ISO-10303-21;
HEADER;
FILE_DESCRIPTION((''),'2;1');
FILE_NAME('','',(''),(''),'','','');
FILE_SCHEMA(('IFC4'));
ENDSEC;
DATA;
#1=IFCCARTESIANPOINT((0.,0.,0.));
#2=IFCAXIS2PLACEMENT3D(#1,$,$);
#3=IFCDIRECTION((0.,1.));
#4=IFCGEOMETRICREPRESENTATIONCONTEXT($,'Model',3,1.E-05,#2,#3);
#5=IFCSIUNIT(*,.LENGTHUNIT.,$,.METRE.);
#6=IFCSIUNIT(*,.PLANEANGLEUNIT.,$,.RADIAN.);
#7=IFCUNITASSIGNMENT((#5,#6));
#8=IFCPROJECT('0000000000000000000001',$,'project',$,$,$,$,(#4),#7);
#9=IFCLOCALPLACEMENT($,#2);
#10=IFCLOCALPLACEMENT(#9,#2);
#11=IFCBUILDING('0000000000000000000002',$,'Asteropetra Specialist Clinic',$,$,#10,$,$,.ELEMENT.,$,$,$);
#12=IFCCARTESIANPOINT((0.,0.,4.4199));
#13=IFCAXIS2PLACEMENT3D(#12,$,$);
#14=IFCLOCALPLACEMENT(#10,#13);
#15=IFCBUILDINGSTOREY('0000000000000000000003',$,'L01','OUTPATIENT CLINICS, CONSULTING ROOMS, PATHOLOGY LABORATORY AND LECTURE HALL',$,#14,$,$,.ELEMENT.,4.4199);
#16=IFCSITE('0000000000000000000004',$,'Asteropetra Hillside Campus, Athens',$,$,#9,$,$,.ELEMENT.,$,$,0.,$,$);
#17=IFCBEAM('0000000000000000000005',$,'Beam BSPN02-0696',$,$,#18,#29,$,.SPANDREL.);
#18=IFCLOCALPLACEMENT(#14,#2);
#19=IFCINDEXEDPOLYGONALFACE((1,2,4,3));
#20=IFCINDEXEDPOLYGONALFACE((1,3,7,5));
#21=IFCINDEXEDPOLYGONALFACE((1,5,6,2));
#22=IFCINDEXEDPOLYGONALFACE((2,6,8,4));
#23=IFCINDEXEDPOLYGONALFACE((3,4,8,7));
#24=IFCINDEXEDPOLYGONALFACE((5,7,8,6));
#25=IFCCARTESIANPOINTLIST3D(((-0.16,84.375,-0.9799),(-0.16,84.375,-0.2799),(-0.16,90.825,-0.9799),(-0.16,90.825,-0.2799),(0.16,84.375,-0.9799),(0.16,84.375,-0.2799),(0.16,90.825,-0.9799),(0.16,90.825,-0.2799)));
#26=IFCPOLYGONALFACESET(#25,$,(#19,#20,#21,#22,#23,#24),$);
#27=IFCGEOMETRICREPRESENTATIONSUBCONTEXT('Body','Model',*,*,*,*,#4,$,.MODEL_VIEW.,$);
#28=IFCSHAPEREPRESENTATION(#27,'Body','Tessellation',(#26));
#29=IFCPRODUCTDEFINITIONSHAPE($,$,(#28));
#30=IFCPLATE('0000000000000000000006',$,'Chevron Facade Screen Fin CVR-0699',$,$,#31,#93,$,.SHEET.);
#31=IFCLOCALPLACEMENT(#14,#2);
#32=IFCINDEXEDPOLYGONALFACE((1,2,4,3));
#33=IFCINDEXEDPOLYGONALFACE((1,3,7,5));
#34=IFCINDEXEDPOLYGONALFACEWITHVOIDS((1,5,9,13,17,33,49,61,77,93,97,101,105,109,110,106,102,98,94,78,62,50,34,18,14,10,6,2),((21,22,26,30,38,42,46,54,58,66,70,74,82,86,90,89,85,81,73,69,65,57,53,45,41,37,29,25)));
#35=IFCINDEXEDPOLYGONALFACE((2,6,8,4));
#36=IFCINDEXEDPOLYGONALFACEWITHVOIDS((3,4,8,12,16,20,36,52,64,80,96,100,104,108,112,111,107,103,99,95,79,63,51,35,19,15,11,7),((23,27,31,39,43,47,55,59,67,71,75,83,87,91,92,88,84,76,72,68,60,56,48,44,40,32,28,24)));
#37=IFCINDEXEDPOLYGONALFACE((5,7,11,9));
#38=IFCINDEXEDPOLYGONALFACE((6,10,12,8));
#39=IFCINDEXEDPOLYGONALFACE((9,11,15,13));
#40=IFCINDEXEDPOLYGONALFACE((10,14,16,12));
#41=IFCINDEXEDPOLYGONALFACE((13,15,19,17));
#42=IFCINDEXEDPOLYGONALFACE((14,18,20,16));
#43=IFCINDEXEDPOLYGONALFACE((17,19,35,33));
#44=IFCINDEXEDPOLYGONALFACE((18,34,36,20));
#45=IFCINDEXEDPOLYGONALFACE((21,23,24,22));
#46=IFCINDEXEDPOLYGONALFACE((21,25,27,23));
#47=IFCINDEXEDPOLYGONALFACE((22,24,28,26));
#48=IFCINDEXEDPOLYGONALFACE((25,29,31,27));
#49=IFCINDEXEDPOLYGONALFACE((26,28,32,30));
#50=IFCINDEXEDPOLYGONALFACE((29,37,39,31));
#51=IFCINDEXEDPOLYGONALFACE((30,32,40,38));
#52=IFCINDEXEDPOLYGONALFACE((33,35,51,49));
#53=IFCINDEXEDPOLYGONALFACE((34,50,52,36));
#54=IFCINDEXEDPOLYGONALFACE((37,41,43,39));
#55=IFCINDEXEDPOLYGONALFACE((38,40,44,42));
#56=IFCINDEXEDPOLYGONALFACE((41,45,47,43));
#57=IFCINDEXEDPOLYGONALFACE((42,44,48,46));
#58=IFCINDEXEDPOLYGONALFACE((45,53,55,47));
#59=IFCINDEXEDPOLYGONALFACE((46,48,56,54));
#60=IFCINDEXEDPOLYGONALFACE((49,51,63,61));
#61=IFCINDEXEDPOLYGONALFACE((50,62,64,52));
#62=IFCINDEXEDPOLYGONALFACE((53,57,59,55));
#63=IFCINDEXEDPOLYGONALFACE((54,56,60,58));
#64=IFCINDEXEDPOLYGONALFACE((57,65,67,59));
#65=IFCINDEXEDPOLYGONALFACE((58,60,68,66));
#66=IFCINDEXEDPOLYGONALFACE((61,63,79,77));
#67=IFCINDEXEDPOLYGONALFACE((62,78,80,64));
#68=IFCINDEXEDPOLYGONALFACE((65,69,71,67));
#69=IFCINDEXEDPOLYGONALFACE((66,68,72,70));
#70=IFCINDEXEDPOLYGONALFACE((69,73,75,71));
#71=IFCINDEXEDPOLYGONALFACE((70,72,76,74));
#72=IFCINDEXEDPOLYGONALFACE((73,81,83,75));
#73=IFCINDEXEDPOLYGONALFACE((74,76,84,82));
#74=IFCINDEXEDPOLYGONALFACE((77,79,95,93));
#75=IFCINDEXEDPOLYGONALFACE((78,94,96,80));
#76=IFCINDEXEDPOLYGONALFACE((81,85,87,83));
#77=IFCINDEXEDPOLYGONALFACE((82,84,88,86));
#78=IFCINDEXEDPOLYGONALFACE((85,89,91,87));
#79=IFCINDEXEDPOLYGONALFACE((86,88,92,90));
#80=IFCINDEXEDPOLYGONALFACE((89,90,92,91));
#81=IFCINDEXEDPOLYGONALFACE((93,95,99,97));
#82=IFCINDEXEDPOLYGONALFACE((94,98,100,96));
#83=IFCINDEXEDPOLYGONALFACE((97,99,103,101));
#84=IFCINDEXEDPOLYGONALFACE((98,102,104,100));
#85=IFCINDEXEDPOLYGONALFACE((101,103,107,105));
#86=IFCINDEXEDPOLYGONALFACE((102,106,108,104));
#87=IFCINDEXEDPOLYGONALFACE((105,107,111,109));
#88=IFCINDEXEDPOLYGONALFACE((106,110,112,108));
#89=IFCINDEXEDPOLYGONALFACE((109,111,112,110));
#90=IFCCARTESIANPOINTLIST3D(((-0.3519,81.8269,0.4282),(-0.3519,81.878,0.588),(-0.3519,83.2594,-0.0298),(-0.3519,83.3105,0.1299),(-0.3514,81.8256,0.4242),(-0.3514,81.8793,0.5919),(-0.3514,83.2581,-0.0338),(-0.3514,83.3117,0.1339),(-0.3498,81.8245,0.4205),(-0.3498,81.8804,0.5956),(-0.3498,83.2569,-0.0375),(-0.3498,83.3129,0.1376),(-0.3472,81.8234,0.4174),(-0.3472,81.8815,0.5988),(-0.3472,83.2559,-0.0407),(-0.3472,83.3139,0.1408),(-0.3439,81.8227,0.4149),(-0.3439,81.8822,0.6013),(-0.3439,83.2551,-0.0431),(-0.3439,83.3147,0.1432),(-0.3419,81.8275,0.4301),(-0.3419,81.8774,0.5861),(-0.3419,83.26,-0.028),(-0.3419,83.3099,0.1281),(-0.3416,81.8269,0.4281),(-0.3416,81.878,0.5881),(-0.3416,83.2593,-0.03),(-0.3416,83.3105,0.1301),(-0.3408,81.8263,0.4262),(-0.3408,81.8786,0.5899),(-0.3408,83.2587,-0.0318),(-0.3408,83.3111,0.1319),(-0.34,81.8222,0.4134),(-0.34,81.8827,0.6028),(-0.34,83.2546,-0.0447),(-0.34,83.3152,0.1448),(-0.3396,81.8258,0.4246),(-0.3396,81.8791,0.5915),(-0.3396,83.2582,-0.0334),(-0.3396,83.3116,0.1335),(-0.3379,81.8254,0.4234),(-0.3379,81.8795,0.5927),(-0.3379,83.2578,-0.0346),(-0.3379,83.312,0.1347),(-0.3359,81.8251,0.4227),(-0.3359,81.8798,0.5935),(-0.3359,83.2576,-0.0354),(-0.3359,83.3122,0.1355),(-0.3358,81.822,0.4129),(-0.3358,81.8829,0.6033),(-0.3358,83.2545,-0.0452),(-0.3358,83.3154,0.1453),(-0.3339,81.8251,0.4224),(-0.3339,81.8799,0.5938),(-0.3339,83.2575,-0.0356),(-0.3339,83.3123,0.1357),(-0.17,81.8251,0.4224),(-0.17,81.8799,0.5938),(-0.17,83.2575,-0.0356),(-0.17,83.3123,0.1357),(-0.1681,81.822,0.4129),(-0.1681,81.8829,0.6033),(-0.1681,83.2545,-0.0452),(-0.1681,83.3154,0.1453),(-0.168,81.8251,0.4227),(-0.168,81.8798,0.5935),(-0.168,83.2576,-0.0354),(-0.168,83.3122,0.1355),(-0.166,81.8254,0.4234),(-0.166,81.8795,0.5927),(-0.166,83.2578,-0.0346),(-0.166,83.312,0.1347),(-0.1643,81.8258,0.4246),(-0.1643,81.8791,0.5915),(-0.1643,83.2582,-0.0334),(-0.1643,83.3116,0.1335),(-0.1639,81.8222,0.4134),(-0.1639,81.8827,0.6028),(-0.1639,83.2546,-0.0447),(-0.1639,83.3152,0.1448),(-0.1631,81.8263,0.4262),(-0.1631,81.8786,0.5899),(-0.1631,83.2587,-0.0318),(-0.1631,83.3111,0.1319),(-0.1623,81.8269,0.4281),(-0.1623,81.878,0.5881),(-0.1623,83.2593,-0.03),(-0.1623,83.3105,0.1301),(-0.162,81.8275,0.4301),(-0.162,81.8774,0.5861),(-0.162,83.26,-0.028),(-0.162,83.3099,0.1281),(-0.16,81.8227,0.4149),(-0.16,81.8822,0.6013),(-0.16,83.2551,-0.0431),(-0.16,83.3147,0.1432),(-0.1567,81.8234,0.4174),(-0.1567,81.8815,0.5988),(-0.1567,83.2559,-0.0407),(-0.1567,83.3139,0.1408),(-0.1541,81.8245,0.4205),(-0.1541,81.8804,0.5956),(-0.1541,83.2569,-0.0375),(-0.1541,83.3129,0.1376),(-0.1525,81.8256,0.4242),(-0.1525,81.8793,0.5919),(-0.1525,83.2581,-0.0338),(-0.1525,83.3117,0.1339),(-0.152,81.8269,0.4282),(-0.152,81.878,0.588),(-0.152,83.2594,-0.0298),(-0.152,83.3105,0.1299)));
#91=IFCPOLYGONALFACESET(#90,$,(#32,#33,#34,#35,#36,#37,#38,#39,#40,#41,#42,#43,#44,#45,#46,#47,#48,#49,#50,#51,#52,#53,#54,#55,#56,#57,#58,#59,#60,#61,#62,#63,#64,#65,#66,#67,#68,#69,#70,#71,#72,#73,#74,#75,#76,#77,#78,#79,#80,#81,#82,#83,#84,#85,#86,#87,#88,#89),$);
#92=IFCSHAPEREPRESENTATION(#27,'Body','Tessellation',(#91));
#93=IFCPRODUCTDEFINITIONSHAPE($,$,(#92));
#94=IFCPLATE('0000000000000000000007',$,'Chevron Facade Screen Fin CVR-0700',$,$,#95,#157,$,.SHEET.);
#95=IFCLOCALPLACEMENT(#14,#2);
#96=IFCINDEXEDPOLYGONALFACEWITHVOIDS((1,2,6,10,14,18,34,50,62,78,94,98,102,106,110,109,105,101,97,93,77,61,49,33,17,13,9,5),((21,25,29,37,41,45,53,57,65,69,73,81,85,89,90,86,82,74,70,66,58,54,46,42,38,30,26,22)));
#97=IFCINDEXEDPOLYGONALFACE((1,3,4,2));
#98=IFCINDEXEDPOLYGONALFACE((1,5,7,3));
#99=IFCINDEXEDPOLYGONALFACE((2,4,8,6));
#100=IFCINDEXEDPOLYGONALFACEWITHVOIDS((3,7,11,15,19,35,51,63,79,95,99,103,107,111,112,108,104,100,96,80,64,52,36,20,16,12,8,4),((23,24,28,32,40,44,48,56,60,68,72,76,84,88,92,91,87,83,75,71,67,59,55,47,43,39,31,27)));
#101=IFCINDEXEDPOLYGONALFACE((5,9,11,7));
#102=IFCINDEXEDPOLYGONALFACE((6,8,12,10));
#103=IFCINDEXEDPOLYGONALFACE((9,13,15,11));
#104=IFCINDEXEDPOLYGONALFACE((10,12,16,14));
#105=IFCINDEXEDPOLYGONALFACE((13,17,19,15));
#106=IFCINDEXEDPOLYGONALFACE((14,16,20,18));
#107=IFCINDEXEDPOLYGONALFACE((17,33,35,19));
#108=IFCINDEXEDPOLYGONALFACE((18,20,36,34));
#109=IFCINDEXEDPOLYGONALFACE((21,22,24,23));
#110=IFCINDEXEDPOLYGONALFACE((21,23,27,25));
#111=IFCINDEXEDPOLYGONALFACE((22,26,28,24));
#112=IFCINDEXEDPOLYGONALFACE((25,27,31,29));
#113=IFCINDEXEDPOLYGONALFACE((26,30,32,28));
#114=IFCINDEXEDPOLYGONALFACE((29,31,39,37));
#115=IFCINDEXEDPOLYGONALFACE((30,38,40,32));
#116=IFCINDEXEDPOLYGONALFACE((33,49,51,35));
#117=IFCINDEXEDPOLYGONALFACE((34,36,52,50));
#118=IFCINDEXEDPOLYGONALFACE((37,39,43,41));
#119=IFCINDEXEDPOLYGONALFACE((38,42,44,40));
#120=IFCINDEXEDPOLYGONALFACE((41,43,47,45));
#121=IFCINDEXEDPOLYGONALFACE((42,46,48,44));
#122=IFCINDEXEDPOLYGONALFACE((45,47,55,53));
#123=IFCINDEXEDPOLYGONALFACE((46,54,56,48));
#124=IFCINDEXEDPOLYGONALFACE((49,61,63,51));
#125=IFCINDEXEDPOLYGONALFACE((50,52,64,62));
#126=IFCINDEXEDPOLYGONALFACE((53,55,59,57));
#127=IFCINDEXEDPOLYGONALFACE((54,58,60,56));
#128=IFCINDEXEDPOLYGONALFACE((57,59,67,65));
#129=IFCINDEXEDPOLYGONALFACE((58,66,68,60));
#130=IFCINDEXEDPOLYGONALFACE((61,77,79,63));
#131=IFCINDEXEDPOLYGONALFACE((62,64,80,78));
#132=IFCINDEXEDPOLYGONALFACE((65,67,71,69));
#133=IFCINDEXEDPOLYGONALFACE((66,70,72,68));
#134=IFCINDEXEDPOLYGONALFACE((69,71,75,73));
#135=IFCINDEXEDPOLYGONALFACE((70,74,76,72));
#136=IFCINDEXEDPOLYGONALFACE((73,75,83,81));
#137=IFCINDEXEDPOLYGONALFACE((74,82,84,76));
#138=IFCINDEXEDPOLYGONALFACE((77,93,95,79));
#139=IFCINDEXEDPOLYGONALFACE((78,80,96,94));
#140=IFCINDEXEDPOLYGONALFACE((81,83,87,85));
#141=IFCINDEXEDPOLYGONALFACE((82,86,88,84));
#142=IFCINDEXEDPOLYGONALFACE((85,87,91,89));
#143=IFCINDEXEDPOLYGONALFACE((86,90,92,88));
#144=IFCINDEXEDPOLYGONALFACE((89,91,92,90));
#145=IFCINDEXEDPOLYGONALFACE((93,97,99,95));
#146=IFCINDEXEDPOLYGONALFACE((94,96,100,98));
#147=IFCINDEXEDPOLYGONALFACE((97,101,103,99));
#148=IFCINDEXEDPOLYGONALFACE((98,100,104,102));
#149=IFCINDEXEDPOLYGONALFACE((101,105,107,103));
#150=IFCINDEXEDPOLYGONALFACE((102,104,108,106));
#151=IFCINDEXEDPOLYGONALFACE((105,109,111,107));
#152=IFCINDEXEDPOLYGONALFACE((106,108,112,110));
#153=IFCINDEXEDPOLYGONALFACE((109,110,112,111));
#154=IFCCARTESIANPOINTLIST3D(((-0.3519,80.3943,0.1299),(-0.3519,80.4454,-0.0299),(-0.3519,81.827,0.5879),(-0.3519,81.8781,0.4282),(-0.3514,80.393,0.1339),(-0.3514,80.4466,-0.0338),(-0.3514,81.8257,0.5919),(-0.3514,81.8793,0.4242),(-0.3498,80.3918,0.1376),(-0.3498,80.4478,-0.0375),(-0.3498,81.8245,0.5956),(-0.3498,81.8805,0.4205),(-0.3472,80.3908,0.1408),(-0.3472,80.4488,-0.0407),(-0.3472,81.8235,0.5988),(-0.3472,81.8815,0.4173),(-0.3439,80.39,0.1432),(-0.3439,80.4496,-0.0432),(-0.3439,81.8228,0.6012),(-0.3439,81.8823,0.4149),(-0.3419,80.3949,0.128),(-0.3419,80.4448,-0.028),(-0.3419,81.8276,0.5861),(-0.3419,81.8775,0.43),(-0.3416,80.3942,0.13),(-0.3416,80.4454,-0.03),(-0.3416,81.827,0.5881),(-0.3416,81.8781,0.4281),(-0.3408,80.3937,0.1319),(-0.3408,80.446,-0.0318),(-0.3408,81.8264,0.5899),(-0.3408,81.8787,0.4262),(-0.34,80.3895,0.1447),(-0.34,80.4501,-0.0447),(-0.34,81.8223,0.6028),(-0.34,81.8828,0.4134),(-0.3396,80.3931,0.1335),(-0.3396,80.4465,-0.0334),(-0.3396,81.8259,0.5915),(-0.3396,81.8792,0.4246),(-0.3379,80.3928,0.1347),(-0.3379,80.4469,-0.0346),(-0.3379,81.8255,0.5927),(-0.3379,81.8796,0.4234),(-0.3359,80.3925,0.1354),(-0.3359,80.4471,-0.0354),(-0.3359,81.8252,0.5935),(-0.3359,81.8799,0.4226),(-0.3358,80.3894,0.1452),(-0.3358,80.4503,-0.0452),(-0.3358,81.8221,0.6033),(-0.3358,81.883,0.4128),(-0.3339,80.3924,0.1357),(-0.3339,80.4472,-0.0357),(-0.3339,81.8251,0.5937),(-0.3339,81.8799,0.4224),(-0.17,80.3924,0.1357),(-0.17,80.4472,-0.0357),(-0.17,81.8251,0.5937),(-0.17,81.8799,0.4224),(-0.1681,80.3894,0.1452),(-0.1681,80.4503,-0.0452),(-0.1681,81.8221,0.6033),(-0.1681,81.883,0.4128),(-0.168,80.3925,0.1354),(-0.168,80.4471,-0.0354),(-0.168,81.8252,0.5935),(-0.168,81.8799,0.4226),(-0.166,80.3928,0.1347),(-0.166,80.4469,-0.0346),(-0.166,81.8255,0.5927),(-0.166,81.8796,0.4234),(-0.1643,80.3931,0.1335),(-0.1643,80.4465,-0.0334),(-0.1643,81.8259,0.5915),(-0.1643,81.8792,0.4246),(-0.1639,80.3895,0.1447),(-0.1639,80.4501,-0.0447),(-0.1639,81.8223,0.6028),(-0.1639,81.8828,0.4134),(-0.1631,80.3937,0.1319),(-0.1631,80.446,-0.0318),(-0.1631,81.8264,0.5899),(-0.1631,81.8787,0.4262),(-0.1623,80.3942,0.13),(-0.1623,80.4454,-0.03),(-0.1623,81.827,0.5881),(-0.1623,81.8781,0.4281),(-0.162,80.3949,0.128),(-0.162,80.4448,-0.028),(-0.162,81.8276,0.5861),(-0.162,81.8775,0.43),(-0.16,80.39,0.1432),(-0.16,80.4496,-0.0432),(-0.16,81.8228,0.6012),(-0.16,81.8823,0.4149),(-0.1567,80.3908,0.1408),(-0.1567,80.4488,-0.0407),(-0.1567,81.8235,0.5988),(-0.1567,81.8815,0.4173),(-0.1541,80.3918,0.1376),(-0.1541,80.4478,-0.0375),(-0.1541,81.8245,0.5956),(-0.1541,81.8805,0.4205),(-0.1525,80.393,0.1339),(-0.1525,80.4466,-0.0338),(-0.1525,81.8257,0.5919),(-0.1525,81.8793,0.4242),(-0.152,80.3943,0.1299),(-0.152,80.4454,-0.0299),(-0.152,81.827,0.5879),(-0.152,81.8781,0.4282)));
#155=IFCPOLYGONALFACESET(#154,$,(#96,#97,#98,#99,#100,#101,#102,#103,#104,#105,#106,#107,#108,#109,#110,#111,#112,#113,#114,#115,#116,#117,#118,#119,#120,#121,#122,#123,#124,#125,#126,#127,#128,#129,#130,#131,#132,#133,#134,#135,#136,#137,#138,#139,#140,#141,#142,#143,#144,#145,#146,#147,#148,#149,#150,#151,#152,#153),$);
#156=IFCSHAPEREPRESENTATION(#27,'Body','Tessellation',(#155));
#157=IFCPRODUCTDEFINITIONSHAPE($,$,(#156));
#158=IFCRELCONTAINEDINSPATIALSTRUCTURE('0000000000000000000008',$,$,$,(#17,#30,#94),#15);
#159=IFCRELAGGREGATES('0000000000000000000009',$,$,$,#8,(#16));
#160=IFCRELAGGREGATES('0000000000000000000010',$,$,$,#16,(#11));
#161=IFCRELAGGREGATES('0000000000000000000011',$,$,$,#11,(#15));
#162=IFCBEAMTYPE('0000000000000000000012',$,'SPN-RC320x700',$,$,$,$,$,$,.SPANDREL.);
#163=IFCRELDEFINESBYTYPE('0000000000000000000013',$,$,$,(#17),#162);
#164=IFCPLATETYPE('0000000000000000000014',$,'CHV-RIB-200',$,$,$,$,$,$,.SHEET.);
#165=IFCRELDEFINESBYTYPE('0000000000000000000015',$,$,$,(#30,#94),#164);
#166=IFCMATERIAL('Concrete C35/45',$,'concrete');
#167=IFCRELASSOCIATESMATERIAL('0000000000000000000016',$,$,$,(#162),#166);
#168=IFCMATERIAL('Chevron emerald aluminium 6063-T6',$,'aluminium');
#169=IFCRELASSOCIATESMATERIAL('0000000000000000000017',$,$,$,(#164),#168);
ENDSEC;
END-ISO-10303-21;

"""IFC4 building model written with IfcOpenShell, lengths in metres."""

from ifc_helpers import new_model, si_unit, direction, frame, origin, origin_2d, place, context, subcontext, project, spatial, rectangle, hollow_rectangle, extrude, material, material_profile, profile_set, type_object, element, save


model = new_model("IFC4")

# Units and contexts
model_context = context("Model", 3, precision=1e-05, world=origin(), true_north=direction((0.0, 1.0)))
body_context = subcontext(model_context, "Body", "Model", "MODEL_VIEW")
ifc_project = project(units=[si_unit("LENGTHUNIT", "METRE"), si_unit("PLANEANGLEUNIT", "RADIAN")], contexts=[model_context])

# Site, building, storey
site_placement = place(None, origin())
site = spatial("IfcSite", under=ifc_project, at=site_placement, Name="Asteropetra Hillside Campus, Athens", CompositionType="ELEMENT", RefElevation=0.0)
building_placement = place(site_placement, origin())
building = spatial("IfcBuilding", under=site, at=building_placement, Name="Asteropetra Specialist Clinic", CompositionType="ELEMENT")
storey_placement = place(building_placement, frame((0.0, 0.0, 4.4199)))
storey = spatial("IfcBuildingStorey", under=building, at=storey_placement, Name="L01", Description="OUTPATIENT CLINICS, CONSULTING ROOMS, PATHOLOGY LABORATORY AND LECTURE HALL", CompositionType="ELEMENT", Elevation=4.4199)

# Beam
ifc_material_1 = material(Name="Concrete C35/45", Category="concrete")
ifc_material_profile_1 = material_profile(ifc_material_1, rectangle(XDim=0.3201, YDim=0.7, at=origin_2d()), Name="RCS 320x700")
ifc_profile_set_1 = profile_set([ifc_material_profile_1], Name="Concrete C35/45")
beam_type_1 = type_object("IfcBeamType", Name="SPN-RC320x700", PredefinedType="SPANDREL", material=ifc_profile_set_1)
beam_1_placement = place(storey_placement, frame((0.0, 84.375, -0.6299), z_axis=(0.0, 1.0, 0.0), x_axis=(-1.0, 0.0, 0.0)))
element("IfcBeam", 1, at=beam_1_placement, inside=storey, type_object=beam_type_1, Name="Beam BSPN02-0696", PredefinedType="SPANDREL", context=body_context, shape_type="SweptSolid", body=[
    extrude(rectangle(XDim=0.3201, YDim=0.7, at=origin_2d()), origin(), (0.0, 0.0, 1.0), 6.45),
])

# Plates
ifc_material_2 = material(Name="Chevron emerald aluminium 6063-T6", Category="aluminium")
ifc_material_profile_2 = material_profile(ifc_material_2, hollow_rectangle(XDim=0.2, YDim=0.2, WallThickness=0.01, InnerFilletRadius=0.0081, OuterFilletRadius=0.0161, at=origin_2d()), Name="SHS 200x200x10.0")
ifc_profile_set_2 = profile_set([ifc_material_profile_2], Name="Chevron emerald aluminium 6063-T6")
plate_type = type_object("IfcPlateType", Name="CHV-RIB-200", PredefinedType="SHEET", material=ifc_profile_set_2)
plate_1_placement = place(storey_placement, frame((-0.252, 83.2849, 0.05), z_axis=(0.0, -0.952492, 0.304564), x_axis=(1.0, 0.0, 0.0)))
element("IfcPlate", 2, at=plate_1_placement, inside=storey, type_object=plate_type, Name="Chevron Facade Screen Fin CVR-0699", PredefinedType="SHEET", context=body_context, shape_type="SweptSolid", body=[
    extrude(hollow_rectangle(XDim=0.2, YDim=0.2, WallThickness=0.01, InnerFilletRadius=0.0081, OuterFilletRadius=0.0161, at=origin_2d()), origin(), (0.0, 0.0, 1.0), 1.5039),
])
plate_2_placement = place(storey_placement, frame((-0.252, 81.8525, 0.5081), z_axis=(0.0, -0.952507, -0.304517), x_axis=(1.0, 0.0, 0.0)))
element("IfcPlate", 3, at=plate_2_placement, inside=storey, type_object=plate_type, Name="Chevron Facade Screen Fin CVR-0700", PredefinedType="SHEET", context=body_context, shape_type="SweptSolid", body=[
    extrude(hollow_rectangle(XDim=0.2, YDim=0.2, WallThickness=0.01, InnerFilletRadius=0.0081, OuterFilletRadius=0.0161, at=origin_2d()), origin(), (0.0, 0.0, 1.0), 1.5042),
])

save(model, "model.ifc")
